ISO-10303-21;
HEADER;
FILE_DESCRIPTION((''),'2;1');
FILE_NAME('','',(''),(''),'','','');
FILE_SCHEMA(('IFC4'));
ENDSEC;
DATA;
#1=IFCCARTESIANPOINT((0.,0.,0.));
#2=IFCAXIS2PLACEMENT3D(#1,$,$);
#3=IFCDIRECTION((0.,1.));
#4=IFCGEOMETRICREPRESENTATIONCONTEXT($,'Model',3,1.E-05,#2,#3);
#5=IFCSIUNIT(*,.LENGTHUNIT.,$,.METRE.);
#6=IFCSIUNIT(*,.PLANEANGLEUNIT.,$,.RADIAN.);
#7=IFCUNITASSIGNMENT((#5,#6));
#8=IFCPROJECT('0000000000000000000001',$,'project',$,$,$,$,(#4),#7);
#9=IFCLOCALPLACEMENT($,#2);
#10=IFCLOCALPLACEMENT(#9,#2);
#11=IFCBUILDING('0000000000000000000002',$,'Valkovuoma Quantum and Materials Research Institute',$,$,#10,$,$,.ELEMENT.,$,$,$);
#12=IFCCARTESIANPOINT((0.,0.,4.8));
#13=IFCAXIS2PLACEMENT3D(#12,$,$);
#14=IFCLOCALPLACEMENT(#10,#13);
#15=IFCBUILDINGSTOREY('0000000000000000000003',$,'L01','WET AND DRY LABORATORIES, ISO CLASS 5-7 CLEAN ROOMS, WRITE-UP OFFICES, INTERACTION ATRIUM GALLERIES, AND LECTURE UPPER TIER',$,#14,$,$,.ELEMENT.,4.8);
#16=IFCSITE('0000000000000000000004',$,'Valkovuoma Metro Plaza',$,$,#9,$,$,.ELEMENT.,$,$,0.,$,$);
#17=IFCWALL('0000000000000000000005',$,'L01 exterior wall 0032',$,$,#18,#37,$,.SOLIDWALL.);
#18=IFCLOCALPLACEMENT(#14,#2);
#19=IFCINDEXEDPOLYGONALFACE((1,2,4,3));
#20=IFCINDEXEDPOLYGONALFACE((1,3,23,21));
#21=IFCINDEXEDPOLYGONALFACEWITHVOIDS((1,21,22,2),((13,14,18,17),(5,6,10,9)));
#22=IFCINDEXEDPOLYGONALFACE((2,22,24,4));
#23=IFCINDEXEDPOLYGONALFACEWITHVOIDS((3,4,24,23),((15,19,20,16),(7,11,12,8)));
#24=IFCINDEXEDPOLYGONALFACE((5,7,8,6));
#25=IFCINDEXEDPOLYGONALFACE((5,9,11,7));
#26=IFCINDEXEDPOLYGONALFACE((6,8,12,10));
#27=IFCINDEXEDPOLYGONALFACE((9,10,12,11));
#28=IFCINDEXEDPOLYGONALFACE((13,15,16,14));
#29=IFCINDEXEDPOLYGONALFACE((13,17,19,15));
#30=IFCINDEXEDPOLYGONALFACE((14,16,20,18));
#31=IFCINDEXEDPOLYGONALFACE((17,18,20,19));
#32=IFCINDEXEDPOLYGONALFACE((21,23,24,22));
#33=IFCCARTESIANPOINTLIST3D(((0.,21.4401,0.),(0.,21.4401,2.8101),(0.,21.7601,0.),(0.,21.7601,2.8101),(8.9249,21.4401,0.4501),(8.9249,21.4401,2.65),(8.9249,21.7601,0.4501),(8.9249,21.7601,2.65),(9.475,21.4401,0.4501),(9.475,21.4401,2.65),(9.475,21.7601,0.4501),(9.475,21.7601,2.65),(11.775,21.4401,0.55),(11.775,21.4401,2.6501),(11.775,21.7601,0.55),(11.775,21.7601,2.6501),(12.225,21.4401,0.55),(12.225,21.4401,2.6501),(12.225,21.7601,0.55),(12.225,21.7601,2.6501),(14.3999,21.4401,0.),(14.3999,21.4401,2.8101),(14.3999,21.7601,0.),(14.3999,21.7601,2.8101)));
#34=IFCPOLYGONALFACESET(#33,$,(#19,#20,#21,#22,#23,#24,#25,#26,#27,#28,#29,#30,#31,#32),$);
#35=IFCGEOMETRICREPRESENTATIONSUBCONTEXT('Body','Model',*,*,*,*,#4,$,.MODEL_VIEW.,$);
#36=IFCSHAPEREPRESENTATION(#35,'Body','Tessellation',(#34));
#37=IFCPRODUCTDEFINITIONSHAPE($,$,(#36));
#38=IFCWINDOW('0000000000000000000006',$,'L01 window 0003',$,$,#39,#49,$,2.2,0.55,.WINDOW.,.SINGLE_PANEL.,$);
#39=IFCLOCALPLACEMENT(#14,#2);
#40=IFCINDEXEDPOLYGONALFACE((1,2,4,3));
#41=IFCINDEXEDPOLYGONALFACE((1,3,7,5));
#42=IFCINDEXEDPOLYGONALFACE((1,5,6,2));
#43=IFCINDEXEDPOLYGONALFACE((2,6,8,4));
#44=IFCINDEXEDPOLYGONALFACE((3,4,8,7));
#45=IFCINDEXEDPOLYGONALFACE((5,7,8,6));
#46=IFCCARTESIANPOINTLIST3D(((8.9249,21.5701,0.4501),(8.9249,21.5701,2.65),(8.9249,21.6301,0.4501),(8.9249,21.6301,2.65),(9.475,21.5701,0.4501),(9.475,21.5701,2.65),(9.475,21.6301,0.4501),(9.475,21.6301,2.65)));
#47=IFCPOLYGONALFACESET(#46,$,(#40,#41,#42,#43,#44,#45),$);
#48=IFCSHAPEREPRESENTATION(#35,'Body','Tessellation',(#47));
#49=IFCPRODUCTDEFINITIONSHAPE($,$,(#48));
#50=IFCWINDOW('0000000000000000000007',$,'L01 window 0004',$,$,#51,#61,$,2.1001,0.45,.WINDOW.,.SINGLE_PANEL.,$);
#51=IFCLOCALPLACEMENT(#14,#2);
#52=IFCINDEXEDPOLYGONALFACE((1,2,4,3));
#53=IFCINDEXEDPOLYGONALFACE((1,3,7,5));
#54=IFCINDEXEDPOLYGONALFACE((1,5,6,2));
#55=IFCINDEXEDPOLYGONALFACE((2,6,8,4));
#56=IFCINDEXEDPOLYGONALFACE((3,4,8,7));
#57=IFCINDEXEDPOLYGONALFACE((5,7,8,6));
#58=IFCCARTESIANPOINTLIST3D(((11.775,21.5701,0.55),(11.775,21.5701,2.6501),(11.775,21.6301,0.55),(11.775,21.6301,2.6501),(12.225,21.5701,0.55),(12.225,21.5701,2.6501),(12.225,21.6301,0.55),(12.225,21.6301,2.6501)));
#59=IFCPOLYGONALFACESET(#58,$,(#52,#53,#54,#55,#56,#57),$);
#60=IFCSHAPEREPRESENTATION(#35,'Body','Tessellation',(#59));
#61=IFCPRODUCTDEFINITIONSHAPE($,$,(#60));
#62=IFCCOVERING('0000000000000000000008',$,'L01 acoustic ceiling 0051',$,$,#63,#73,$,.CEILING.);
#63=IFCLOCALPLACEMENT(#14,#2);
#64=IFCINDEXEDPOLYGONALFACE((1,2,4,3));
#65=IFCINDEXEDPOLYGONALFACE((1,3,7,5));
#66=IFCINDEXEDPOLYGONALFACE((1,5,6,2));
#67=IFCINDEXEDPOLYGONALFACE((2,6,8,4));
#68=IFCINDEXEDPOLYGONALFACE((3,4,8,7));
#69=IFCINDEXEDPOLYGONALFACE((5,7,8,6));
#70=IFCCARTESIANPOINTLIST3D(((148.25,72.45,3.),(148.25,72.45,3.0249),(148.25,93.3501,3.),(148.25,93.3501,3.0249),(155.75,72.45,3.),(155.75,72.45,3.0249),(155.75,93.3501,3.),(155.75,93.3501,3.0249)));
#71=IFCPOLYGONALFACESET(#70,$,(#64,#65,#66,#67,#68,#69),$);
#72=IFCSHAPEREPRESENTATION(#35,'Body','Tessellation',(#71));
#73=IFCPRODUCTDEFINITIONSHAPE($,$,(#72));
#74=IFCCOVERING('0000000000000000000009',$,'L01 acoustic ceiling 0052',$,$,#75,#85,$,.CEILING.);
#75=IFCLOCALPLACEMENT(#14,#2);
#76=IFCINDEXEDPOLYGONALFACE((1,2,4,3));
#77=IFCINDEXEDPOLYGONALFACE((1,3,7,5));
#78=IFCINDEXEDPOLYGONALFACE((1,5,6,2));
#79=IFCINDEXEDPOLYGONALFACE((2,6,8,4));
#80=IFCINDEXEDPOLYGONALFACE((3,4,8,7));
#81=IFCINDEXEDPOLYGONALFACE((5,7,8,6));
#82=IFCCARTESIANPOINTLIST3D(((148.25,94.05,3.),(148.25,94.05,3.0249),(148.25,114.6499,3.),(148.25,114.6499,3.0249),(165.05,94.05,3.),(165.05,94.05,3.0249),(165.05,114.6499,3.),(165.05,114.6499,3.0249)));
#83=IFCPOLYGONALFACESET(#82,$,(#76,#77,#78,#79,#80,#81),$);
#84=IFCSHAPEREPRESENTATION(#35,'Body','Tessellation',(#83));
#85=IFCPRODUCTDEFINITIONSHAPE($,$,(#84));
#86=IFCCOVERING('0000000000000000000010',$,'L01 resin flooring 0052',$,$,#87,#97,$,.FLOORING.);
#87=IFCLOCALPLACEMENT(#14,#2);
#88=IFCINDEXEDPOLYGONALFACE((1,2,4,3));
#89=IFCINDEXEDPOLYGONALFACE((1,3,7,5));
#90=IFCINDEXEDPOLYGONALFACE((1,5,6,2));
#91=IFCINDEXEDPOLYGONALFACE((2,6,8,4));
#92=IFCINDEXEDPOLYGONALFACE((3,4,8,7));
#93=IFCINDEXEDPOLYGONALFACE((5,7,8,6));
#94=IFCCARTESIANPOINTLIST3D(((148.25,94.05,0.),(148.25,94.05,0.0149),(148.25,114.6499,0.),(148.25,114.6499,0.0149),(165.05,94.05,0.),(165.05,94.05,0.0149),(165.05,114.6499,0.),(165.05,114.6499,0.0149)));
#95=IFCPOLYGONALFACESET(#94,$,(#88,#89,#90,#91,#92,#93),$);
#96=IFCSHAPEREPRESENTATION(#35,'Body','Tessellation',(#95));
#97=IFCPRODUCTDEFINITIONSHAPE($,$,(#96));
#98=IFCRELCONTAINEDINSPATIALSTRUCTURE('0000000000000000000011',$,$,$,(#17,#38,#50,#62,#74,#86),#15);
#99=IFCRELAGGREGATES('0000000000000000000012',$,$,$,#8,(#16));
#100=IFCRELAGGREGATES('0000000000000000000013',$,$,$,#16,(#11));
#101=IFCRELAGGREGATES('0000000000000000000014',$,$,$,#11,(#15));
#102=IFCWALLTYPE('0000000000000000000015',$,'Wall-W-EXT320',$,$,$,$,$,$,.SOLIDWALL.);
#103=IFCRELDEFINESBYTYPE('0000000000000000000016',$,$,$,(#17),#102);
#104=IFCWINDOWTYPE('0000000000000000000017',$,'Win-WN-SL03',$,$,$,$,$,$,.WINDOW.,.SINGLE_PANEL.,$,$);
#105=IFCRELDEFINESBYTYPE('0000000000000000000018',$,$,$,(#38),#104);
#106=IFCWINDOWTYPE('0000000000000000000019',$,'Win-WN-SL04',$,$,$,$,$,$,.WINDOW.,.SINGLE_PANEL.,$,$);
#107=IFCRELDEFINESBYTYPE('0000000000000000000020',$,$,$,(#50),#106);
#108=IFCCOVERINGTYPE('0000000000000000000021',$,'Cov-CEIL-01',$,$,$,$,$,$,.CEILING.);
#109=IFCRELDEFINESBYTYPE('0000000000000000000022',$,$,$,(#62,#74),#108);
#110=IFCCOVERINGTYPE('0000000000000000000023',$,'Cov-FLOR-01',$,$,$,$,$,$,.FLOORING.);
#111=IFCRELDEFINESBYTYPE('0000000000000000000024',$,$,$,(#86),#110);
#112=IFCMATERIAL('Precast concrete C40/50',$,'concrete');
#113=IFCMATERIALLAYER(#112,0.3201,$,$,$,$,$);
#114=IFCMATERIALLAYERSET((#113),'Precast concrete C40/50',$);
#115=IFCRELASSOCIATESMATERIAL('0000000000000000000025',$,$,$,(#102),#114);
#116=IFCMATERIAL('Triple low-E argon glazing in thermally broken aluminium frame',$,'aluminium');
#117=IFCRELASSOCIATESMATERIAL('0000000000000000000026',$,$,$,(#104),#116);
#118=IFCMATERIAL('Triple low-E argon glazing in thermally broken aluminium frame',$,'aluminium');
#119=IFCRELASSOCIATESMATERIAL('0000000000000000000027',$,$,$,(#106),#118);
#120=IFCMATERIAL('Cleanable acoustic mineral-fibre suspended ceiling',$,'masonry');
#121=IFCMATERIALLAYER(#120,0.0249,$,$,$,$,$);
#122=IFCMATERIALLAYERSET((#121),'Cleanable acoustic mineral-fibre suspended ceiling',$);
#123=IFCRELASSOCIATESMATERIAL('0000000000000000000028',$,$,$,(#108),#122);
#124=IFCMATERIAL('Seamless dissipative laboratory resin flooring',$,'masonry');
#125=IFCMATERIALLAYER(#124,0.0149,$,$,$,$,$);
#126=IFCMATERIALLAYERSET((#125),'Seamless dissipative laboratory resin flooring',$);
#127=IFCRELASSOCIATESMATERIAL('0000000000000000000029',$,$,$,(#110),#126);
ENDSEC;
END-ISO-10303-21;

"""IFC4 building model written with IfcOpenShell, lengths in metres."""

from ifc_helpers import new_model, si_unit, direction, frame, frame_2d, origin, place, context, subcontext, project, spatial, polyline, rectangle, outline, extrude, material, layer, layer_set, type_object, element, fill, save


model = new_model("IFC4")

# Units and contexts
model_context = context("Model", 3, precision=1e-05, world=origin(), true_north=direction((0.0, 1.0)))
body_context = subcontext(model_context, "Body", "Model", "MODEL_VIEW")
ifc_project = project(units=[si_unit("LENGTHUNIT", "METRE"), si_unit("PLANEANGLEUNIT", "RADIAN")], contexts=[model_context])

# Site, building, storey
site_placement = place(None, origin())
site = spatial("IfcSite", under=ifc_project, at=site_placement, Name="Valkovuoma Metro Plaza", CompositionType="ELEMENT", RefElevation=0.0)
building_placement = place(site_placement, origin())
building = spatial("IfcBuilding", under=site, at=building_placement, Name="Valkovuoma Quantum and Materials Research Institute", CompositionType="ELEMENT")
storey_placement = place(building_placement, frame((0.0, 0.0, 4.8)))
storey = spatial("IfcBuildingStorey", under=building, at=storey_placement, Name="L01", Description="WET AND DRY LABORATORIES, ISO CLASS 5-7 CLEAN ROOMS, WRITE-UP OFFICES, INTERACTION ATRIUM GALLERIES, AND LECTURE UPPER TIER", CompositionType="ELEMENT", Elevation=4.8)

# Wall, openings, windows
ifc_material_1 = material(Name="Precast concrete C40/50", Category="concrete")
ifc_layer_1 = layer(ifc_material_1, 0.3201)
ifc_layer_set_1 = layer_set([ifc_layer_1], Name="Precast concrete C40/50")
wall_type = type_object("IfcWallType", Name="Wall-W-EXT320", PredefinedType="SOLIDWALL", material=ifc_layer_set_1)
wall_placement = place(storey_placement, frame((0.0, 21.6001, 0.0), z_axis=(0.0, 0.0, 1.0), x_axis=(1.0, 0.0, 0.0)))
wall = element("IfcWall", 1, at=wall_placement, inside=storey, type_object=wall_type, Name="L01 exterior wall 0032", PredefinedType="SOLIDWALL", context=body_context, shape_type="SweptSolid", body=[
    extrude(rectangle(XDim=14.3999, YDim=0.3201, at=frame_2d((7.2, 0.0))), origin(), (0.0, 0.0, 1.0), 2.8101),
])
opening_1_placement = place(wall_placement, frame((8.925, 0.0, 0.45)))
opening_1 = element("IfcOpeningElement", 2, at=opening_1_placement, cuts=wall, PredefinedType="OPENING", context=body_context, shape_type="SweptSolid", body=[
    extrude(rectangle(XDim=0.55, YDim=2.2, at=frame_2d((0.2749, 1.1001))), frame((0.0, 0.1699, 0.0), z_axis=(0.0, -1.0, 0.0), x_axis=(1.0, 0.0, 0.0)), (0.0, 0.0, 1.0), 0.3401),
])
opening_2_placement = place(wall_placement, frame((11.7749, 0.0, 0.55)))
opening_2 = element("IfcOpeningElement", 3, at=opening_2_placement, cuts=wall, PredefinedType="OPENING", context=body_context, shape_type="SweptSolid", body=[
    extrude(rectangle(XDim=0.45, YDim=2.1001, at=frame_2d((0.2251, 1.05))), frame((0.0, 0.1699, 0.0), z_axis=(0.0, -1.0, 0.0), x_axis=(1.0, 0.0, 0.0)), (0.0, 0.0, 1.0), 0.3401),
])
ifc_material_2 = material(Name="Triple low-E argon glazing in thermally broken aluminium frame", Category="aluminium")
window_type_1 = type_object("IfcWindowType", Name="Win-WN-SL03", PartitioningType="SINGLE_PANEL", PredefinedType="WINDOW", material=ifc_material_2)
window_1_placement = place(opening_1_placement, origin())
window_1 = element("IfcWindow", 4, at=window_1_placement, inside=storey, type_object=window_type_1, Name="L01 window 0003", OverallHeight=2.2, OverallWidth=0.55, PartitioningType="SINGLE_PANEL", PredefinedType="WINDOW", context=body_context, shape_type="SweptSolid", body=[
    extrude(rectangle(XDim=0.55, YDim=2.2, at=frame_2d((0.2749, 1.1001))), frame((0.0, 0.03, 0.0), z_axis=(0.0, -1.0, 0.0), x_axis=(1.0, 0.0, 0.0)), (0.0, 0.0, 1.0), 0.0601),
])
fill(opening_1, window_1)
ifc_material_3 = material(Name="Triple low-E argon glazing in thermally broken aluminium frame", Category="aluminium")
window_type_2 = type_object("IfcWindowType", Name="Win-WN-SL04", PartitioningType="SINGLE_PANEL", PredefinedType="WINDOW", material=ifc_material_3)
window_2_placement = place(opening_2_placement, origin())
window_2 = element("IfcWindow", 5, at=window_2_placement, inside=storey, type_object=window_type_2, Name="L01 window 0004", OverallHeight=2.1001, OverallWidth=0.45, PartitioningType="SINGLE_PANEL", PredefinedType="WINDOW", context=body_context, shape_type="SweptSolid", body=[
    extrude(rectangle(XDim=0.45, YDim=2.1001, at=frame_2d((0.2251, 1.05))), frame((0.0, 0.03, 0.0), z_axis=(0.0, -1.0, 0.0), x_axis=(1.0, 0.0, 0.0)), (0.0, 0.0, 1.0), 0.0601),
])
fill(opening_2, window_2)

# Coverings
ifc_material_4 = material(Name="Cleanable acoustic mineral-fibre suspended ceiling", Category="masonry")
ifc_layer_2 = layer(ifc_material_4, 0.0249)
ifc_layer_set_2 = layer_set([ifc_layer_2], Name="Cleanable acoustic mineral-fibre suspended ceiling")
covering_type_1 = type_object("IfcCoveringType", Name="Cov-CEIL-01", PredefinedType="CEILING", material=ifc_layer_set_2)
covering_1_placement = place(storey_placement, frame((0.0, 0.0, 3.0)))
element("IfcCovering", 6, at=covering_1_placement, inside=storey, type_object=covering_type_1, Name="L01 acoustic ceiling 0051", PredefinedType="CEILING", context=body_context, shape_type="SweptSolid", body=[
    extrude(outline(polyline([(148.25, 72.45), (155.75, 72.45), (155.75, 93.3501), (148.25, 93.3501), (148.25, 72.45)])), origin(), (0.0, 0.0, 1.0), 0.0249),
])
covering_2_placement = place(storey_placement, frame((0.0, 0.0, 3.0)))
element("IfcCovering", 7, at=covering_2_placement, inside=storey, type_object=covering_type_1, Name="L01 acoustic ceiling 0052", PredefinedType="CEILING", context=body_context, shape_type="SweptSolid", body=[
    extrude(outline(polyline([(148.25, 94.05), (165.05, 94.05), (165.05, 114.6499), (148.25, 114.6499), (148.25, 94.05)])), origin(), (0.0, 0.0, 1.0), 0.0249),
])
ifc_material_5 = material(Name="Seamless dissipative laboratory resin flooring", Category="masonry")
ifc_layer_3 = layer(ifc_material_5, 0.0149)
ifc_layer_set_3 = layer_set([ifc_layer_3], Name="Seamless dissipative laboratory resin flooring")
covering_type_2 = type_object("IfcCoveringType", Name="Cov-FLOR-01", PredefinedType="FLOORING", material=ifc_layer_set_3)
covering_3_placement = place(storey_placement, origin())
element("IfcCovering", 8, at=covering_3_placement, inside=storey, type_object=covering_type_2, Name="L01 resin flooring 0052", PredefinedType="FLOORING", context=body_context, shape_type="SweptSolid", body=[
    extrude(outline(polyline([(148.25, 94.05), (165.05, 94.05), (165.05, 114.6499), (148.25, 114.6499), (148.25, 94.05)])), origin(), (0.0, 0.0, 1.0), 0.0149),
])

save(model, "model.ifc")
